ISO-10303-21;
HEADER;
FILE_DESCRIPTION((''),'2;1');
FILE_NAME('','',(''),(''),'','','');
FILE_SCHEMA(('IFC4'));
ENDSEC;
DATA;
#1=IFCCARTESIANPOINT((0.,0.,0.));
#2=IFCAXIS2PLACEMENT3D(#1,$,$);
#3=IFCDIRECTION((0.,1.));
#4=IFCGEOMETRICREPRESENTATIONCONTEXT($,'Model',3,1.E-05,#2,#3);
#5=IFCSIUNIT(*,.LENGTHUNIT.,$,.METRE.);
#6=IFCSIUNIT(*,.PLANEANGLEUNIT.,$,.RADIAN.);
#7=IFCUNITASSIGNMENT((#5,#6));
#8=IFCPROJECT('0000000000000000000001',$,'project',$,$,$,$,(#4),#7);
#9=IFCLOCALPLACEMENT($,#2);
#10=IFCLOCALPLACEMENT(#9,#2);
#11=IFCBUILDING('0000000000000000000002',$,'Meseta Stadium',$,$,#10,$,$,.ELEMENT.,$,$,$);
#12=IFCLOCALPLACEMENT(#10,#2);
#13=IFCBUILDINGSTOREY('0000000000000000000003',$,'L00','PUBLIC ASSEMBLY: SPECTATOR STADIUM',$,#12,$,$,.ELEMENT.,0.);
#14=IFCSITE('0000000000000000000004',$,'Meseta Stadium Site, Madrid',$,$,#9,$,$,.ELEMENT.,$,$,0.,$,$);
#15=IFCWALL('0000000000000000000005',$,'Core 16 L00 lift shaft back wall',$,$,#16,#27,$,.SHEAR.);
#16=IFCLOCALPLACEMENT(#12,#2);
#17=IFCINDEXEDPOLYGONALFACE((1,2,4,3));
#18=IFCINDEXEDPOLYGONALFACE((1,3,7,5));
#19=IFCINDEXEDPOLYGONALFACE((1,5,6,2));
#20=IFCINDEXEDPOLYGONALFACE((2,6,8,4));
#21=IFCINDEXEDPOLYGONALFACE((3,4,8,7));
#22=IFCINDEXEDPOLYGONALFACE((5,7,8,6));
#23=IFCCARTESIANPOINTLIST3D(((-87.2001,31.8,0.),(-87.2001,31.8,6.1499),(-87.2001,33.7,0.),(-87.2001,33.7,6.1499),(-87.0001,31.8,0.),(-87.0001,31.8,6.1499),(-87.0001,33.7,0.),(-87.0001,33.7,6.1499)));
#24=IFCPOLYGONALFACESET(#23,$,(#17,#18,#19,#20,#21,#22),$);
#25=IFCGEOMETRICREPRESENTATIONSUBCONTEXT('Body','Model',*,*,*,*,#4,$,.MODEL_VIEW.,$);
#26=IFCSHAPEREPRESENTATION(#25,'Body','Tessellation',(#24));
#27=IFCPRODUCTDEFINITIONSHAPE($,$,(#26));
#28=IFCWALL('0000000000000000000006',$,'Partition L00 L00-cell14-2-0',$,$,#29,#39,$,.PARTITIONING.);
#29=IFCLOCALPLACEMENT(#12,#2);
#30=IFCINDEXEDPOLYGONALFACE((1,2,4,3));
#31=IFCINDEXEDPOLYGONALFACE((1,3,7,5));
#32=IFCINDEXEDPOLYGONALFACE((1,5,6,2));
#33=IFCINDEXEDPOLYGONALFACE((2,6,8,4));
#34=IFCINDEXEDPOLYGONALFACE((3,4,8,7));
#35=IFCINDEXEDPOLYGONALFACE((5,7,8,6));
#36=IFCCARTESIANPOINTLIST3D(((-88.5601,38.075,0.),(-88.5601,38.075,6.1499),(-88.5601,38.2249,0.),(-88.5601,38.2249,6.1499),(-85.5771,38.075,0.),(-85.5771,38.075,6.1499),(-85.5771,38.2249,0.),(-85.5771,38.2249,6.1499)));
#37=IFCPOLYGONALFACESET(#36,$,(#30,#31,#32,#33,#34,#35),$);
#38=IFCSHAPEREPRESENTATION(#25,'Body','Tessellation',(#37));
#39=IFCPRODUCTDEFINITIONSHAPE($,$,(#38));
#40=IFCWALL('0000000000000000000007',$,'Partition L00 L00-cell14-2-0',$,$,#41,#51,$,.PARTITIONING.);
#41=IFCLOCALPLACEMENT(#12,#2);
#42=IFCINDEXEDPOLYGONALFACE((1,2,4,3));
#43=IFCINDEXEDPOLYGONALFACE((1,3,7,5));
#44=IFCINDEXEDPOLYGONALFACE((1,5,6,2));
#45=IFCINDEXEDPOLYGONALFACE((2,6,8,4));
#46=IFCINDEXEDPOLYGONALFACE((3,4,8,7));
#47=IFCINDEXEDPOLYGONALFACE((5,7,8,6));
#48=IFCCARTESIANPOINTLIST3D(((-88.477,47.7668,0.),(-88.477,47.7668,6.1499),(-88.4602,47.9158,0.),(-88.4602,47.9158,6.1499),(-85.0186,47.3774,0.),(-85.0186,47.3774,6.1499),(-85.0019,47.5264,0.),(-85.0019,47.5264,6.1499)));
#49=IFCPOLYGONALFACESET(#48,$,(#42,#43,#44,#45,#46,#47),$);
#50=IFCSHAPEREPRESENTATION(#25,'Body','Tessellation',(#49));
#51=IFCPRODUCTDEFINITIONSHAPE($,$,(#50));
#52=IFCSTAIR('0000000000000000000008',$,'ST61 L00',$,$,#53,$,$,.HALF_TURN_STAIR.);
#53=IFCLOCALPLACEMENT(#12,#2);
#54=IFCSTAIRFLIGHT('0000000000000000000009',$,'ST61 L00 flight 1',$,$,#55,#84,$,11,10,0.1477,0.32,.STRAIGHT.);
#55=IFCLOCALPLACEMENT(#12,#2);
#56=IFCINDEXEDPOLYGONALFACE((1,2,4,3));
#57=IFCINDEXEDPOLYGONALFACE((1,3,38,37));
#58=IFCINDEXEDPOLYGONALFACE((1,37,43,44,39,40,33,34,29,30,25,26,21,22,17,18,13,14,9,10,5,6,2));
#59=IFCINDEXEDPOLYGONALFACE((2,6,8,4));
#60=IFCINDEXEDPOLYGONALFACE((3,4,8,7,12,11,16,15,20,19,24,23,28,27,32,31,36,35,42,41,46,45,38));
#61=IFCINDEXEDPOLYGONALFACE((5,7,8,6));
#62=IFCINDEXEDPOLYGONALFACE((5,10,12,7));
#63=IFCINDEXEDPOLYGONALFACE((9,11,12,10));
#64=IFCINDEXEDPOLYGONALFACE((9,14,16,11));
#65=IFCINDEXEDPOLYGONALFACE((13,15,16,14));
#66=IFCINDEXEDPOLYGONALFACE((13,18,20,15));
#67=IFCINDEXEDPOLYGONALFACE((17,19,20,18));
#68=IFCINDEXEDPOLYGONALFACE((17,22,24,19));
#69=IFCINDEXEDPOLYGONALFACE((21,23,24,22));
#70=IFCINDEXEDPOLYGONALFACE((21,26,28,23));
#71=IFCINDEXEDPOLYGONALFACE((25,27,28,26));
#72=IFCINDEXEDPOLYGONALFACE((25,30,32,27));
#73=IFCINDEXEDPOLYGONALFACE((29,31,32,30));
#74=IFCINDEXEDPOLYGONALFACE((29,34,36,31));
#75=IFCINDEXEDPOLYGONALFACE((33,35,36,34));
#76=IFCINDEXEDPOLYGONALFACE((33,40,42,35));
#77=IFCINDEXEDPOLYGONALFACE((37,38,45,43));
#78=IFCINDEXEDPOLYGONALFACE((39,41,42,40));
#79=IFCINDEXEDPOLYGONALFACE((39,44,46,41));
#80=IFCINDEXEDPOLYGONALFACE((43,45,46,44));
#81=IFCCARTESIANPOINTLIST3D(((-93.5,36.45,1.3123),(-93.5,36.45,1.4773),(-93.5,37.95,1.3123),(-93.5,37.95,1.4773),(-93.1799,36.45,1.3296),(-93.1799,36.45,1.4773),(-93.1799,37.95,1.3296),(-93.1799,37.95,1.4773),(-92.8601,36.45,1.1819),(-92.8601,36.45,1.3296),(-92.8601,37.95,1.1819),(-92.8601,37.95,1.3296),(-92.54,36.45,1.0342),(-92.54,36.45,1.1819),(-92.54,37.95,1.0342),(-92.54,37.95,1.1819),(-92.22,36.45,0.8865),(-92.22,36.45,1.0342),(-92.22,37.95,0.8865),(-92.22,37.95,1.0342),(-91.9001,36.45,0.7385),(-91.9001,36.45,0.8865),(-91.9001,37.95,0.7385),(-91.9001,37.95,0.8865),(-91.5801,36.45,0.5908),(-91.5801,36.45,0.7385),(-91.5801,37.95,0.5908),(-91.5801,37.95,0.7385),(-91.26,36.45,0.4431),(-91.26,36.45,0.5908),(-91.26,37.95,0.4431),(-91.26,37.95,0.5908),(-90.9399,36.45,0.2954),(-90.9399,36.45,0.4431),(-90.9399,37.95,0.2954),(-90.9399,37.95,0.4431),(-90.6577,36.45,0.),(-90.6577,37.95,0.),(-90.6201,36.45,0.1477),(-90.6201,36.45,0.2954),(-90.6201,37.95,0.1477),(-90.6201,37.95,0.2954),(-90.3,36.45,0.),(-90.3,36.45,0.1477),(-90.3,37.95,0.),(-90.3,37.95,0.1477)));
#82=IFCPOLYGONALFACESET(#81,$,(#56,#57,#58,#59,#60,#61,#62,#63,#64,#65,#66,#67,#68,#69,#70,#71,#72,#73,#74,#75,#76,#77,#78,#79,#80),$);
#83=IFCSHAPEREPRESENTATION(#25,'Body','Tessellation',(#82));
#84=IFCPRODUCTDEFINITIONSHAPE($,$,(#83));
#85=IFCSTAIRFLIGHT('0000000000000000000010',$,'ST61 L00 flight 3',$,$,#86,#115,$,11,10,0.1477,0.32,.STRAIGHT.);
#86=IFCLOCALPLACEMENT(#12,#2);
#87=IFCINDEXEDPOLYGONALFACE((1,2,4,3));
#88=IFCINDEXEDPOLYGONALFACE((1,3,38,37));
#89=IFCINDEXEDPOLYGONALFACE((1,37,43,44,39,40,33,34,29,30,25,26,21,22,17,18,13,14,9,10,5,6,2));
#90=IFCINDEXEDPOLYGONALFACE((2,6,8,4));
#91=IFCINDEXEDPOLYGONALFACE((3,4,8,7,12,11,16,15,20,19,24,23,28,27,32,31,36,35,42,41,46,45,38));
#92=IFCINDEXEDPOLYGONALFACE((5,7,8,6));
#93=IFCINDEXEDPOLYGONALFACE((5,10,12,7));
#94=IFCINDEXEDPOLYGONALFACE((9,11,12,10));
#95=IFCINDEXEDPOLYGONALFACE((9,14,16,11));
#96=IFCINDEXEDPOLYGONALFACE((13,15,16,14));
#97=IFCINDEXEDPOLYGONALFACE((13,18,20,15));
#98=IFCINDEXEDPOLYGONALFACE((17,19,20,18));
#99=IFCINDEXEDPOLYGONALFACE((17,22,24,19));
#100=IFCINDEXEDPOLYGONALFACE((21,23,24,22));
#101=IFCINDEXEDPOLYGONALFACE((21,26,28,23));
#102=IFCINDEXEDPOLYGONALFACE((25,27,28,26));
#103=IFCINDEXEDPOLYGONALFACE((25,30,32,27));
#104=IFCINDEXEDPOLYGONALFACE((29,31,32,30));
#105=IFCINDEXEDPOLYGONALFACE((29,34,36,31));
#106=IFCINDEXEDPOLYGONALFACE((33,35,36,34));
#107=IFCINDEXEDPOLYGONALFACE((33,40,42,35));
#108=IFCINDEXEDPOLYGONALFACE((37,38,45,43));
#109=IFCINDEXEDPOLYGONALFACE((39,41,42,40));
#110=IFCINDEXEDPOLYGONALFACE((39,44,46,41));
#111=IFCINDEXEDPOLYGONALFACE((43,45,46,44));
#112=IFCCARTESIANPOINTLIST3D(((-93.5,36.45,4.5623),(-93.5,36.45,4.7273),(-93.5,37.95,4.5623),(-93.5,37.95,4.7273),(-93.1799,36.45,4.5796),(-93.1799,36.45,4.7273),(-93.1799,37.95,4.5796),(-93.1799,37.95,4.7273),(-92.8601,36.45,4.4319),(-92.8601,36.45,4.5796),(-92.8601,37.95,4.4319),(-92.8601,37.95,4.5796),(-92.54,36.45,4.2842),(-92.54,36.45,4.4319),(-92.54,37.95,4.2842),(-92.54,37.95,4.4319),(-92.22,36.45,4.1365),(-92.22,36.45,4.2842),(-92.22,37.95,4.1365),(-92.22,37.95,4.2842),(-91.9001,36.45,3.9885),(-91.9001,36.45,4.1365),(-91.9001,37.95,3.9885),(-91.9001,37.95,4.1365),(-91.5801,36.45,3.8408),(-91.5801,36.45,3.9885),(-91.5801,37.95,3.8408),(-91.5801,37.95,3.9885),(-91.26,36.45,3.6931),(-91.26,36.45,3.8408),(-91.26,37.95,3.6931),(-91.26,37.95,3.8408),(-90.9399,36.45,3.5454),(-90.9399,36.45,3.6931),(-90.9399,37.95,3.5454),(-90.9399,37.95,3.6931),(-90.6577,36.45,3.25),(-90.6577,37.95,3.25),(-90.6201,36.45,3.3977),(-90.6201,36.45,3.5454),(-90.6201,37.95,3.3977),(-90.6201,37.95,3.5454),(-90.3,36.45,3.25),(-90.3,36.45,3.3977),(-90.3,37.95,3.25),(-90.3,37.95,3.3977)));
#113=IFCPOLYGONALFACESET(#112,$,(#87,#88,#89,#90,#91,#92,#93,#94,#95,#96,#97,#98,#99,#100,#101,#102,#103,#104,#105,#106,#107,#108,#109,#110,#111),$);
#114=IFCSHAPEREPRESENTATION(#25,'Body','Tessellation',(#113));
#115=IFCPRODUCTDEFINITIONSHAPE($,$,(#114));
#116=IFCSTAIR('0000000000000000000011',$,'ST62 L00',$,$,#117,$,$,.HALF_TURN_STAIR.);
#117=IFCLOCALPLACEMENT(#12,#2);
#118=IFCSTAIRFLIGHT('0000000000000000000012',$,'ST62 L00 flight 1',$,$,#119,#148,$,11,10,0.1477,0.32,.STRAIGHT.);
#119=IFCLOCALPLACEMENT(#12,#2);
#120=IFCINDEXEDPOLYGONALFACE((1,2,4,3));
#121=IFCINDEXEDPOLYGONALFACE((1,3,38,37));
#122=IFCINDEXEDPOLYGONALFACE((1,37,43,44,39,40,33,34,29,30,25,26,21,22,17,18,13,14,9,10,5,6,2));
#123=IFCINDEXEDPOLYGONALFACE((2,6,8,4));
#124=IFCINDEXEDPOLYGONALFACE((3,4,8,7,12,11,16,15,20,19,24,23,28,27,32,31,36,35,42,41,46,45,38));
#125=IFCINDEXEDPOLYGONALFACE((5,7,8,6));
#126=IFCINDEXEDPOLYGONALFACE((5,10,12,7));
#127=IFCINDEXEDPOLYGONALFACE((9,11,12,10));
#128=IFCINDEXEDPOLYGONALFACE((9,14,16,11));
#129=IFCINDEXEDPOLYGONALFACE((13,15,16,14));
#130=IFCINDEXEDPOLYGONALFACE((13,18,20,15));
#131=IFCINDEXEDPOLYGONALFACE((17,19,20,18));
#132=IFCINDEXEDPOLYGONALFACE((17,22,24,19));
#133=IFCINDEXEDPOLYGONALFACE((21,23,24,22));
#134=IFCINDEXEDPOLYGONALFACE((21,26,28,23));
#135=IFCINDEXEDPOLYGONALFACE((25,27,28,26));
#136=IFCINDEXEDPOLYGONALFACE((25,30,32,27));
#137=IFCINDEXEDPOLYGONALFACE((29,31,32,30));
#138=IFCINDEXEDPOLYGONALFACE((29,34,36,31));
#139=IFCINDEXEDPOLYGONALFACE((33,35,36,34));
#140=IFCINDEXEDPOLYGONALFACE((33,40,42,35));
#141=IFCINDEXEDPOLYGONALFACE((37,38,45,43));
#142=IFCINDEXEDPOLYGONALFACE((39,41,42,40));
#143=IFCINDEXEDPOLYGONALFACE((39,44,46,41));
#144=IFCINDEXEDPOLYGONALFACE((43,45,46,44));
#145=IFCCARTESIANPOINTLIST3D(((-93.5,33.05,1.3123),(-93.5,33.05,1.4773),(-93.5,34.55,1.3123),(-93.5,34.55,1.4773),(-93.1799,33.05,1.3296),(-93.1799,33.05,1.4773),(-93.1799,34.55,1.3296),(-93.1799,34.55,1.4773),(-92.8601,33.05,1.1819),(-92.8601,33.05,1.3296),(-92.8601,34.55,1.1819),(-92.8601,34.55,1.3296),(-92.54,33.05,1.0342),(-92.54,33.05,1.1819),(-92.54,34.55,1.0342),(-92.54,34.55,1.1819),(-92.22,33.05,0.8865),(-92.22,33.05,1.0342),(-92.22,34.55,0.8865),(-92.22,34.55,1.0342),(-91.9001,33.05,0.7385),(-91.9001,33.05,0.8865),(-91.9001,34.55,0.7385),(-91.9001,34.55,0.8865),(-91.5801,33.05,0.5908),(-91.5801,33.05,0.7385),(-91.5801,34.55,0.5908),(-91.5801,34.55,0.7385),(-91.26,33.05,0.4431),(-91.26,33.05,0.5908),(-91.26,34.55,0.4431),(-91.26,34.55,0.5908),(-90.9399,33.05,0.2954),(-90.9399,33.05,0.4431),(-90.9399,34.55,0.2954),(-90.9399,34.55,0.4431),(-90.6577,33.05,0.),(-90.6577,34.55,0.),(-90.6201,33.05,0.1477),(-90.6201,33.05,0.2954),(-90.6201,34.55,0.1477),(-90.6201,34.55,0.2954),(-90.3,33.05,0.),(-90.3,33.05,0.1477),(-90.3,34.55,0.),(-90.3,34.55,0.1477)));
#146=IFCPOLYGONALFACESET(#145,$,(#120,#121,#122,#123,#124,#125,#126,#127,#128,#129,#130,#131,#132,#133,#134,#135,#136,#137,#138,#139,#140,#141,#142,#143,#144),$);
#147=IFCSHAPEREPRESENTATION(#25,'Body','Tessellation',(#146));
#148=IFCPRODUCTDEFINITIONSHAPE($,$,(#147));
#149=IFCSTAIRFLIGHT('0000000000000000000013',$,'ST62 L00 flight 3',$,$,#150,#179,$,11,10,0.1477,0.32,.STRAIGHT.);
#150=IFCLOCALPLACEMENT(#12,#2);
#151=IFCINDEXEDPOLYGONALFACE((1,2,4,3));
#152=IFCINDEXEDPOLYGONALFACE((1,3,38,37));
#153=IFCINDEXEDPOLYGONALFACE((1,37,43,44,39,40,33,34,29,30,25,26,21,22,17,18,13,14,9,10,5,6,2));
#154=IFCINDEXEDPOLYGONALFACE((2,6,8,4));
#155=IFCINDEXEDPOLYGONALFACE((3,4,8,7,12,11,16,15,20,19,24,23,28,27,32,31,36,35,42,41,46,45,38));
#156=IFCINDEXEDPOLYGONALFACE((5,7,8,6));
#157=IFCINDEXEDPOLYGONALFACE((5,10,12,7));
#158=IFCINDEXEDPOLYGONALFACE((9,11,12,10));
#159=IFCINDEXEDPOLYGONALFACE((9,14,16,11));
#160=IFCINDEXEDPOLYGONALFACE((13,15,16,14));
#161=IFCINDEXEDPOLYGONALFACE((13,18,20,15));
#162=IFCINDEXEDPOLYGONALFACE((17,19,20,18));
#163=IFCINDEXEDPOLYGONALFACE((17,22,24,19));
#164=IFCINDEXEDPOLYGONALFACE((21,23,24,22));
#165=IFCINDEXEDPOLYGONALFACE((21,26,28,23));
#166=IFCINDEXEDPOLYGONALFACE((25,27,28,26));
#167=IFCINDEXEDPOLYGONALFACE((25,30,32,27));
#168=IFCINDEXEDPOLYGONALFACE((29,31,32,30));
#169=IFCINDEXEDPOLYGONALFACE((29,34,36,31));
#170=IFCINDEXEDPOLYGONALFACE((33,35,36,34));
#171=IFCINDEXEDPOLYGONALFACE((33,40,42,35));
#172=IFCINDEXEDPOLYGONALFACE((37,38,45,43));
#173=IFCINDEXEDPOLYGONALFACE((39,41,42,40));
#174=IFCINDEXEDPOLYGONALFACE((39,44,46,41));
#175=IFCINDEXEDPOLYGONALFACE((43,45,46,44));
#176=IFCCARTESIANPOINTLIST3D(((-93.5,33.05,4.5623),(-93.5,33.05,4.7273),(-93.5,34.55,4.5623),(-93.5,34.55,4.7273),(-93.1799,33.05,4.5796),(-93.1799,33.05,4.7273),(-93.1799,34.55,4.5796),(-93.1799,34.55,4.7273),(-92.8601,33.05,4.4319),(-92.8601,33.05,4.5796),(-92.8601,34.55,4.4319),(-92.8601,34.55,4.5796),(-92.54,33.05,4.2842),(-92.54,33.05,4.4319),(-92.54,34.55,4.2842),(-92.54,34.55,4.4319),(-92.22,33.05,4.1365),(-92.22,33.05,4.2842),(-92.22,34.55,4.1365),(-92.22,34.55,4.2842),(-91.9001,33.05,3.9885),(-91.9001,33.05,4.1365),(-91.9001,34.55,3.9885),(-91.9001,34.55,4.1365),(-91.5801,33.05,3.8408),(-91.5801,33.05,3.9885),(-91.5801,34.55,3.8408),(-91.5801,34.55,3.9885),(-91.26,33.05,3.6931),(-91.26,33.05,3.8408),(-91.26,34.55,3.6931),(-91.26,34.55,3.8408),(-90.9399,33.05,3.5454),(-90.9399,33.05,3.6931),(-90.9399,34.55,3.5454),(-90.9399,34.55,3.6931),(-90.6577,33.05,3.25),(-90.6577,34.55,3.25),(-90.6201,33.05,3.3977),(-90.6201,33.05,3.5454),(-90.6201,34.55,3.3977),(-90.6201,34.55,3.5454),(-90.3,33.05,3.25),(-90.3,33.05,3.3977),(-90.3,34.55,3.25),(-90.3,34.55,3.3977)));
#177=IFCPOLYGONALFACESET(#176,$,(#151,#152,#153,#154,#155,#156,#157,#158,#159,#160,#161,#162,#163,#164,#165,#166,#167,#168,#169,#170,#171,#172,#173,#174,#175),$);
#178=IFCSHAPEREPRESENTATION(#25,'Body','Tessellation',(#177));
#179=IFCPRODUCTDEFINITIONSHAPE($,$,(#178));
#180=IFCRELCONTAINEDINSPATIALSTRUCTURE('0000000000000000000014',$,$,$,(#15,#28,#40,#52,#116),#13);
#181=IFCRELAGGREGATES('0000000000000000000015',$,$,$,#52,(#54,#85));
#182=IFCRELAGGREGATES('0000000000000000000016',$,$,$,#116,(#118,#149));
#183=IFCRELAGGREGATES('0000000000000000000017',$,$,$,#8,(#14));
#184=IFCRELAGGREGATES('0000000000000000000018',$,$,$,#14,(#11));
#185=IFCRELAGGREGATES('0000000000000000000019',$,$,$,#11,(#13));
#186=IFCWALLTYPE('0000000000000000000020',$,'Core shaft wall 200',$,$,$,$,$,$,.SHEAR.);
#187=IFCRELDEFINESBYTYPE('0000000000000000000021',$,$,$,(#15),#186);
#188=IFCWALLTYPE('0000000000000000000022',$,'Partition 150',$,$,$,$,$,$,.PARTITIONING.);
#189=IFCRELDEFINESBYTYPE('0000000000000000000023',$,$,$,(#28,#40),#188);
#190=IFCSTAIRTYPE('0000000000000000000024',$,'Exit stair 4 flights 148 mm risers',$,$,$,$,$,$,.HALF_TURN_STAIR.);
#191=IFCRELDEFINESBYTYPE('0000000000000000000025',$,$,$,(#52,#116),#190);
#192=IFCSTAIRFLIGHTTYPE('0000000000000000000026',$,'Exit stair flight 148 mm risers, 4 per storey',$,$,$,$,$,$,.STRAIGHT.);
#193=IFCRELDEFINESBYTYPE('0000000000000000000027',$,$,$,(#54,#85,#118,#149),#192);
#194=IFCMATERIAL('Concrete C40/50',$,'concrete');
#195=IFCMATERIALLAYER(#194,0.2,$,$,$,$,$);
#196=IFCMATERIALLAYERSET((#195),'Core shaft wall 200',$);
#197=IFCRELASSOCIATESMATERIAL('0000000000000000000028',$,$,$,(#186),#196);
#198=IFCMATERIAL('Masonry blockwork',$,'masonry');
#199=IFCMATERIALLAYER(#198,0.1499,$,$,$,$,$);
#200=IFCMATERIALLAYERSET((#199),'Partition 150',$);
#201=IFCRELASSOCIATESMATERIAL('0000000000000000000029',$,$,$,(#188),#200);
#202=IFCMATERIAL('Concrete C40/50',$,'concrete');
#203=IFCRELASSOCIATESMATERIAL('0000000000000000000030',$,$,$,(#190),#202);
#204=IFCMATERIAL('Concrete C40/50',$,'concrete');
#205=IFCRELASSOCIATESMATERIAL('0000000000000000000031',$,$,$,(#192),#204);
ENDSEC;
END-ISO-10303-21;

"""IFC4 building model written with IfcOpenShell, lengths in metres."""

from ifc_helpers import new_model, si_unit, direction, frame, frame_2d, origin, place, context, subcontext, project, spatial, polyline, rectangle, outline, extrude, material, layer, layer_set, type_object, element, aggregate, save


model = new_model("IFC4")

# Units and contexts
model_context = context("Model", 3, precision=1e-05, world=origin(), true_north=direction((0.0, 1.0)))
body_context = subcontext(model_context, "Body", "Model", "MODEL_VIEW")
ifc_project = project(units=[si_unit("LENGTHUNIT", "METRE"), si_unit("PLANEANGLEUNIT", "RADIAN")], contexts=[model_context])

# Site, building, storey
site_placement = place(None, origin())
site = spatial("IfcSite", under=ifc_project, at=site_placement, Name="Meseta Stadium Site, Madrid", CompositionType="ELEMENT", RefElevation=0.0)
building_placement = place(site_placement, origin())
building = spatial("IfcBuilding", under=site, at=building_placement, Name="Meseta Stadium", CompositionType="ELEMENT")
storey_placement = place(building_placement, origin())
storey = spatial("IfcBuildingStorey", under=building, at=storey_placement, Name="L00", Description="PUBLIC ASSEMBLY: SPECTATOR STADIUM", CompositionType="ELEMENT", Elevation=0.0)

# Shared definitions
ifc_material_1 = material(Name="Concrete C40/50", Category="concrete")
ifc_layer_1 = layer(ifc_material_1, 0.2)
ifc_layer_set_1 = layer_set([ifc_layer_1], Name="Core shaft wall 200")
wall_type_1 = type_object("IfcWallType", Name="Core shaft wall 200", PredefinedType="SHEAR", material=ifc_layer_set_1)

# Walls
wall_1_placement = place(storey_placement, frame((-87.1001, 33.7, 0.0), z_axis=(0.0, 0.0, 1.0), x_axis=(0.0, -1.0, 0.0)))
element("IfcWall", 1, at=wall_1_placement, inside=storey, type_object=wall_type_1, Name="Core 16 L00 lift shaft back wall", PredefinedType="SHEAR", context=body_context, shape_type="SweptSolid", body=[
    extrude(rectangle(XDim=1.8999, YDim=0.2, at=frame_2d((0.95, 0.0))), origin(), (0.0, 0.0, 1.0), 6.1499),
])
ifc_material_2 = material(Name="Masonry blockwork", Category="masonry")
ifc_layer_2 = layer(ifc_material_2, 0.1499)
ifc_layer_set_2 = layer_set([ifc_layer_2], Name="Partition 150")
wall_type_2 = type_object("IfcWallType", Name="Partition 150", PredefinedType="PARTITIONING", material=ifc_layer_set_2)
wall_2_placement = place(storey_placement, frame((-85.5771, 38.1499, 0.0), z_axis=(0.0, 0.0, 1.0), x_axis=(-1.0, 0.0, 0.0)))
element("IfcWall", 2, at=wall_2_placement, inside=storey, type_object=wall_type_2, Name="Partition L00 L00-cell14-2-0", PredefinedType="PARTITIONING", context=body_context, shape_type="SweptSolid", body=[
    extrude(rectangle(XDim=2.9829, YDim=0.1499, at=frame_2d((1.4915, 0.0))), origin(), (0.0, 0.0, 1.0), 6.1499),
])
wall_3_placement = place(storey_placement, frame((-88.4688, 47.8413, 0.0), z_axis=(0.0, 0.0, 1.0), x_axis=(0.99372, -0.111894, 0.0)))
element("IfcWall", 3, at=wall_3_placement, inside=storey, type_object=wall_type_2, Name="Partition L00 L00-cell14-2-0", PredefinedType="PARTITIONING", context=body_context, shape_type="SweptSolid", body=[
    extrude(rectangle(XDim=3.4802, YDim=0.1499, at=frame_2d((1.7402, 0.0))), origin(), (0.0, 0.0, 1.0), 6.1499),
])

# Stairs, stair flights
ifc_material_3 = material(Name="Concrete C40/50", Category="concrete")
stair_type = type_object("IfcStairType", Name="Exit stair 4 flights 148 mm risers", PredefinedType="HALF_TURN_STAIR", material=ifc_material_3)
stair_1_placement = place(storey_placement, origin())
stair_1 = element("IfcStair", 4, at=stair_1_placement, inside=storey, type_object=stair_type, Name="ST61 L00", PredefinedType="HALF_TURN_STAIR")
ifc_material_4 = material(Name="Concrete C40/50", Category="concrete")
stair_flight_type = type_object("IfcStairFlightType", Name="Exit stair flight 148 mm risers, 4 per storey", PredefinedType="STRAIGHT", material=ifc_material_4)
stair_flight_1_placement = place(storey_placement, frame((-90.3, 37.2, 0.0), z_axis=(0.0, 0.0, 1.0), x_axis=(-1.0, 0.0, 0.0)))
stair_flight_1 = element("IfcStairFlight", 5, at=stair_flight_1_placement, type_object=stair_flight_type, Name="ST61 L00 flight 1", NumberOfRisers=11, NumberOfTreads=10, PredefinedType="STRAIGHT", RiserHeight=0.1477, TreadLength=0.32, context=body_context, shape_type="SweptSolid", body=[
    extrude(outline(polyline([(0.0, 0.0), (0.0, 0.1477), (0.3201, 0.1477), (0.3201, 0.2954), (0.6399, 0.2954), (0.6399, 0.4431), (0.96, 0.4431), (0.96, 0.5908), (1.28, 0.5908), (1.28, 0.7385), (1.6001, 0.7385), (1.6001, 0.8865), (1.9199, 0.8865), (1.9199, 1.0342), (2.24, 1.0342), (2.24, 1.1819), (2.5601, 1.1819), (2.5601, 1.3296), (2.8799, 1.3296), (2.8799, 1.4773), (3.2, 1.4773), (3.2, 1.3123), (0.3577, 0.0), (0.0, 0.0)])), frame((0.0, 0.75, 0.0), z_axis=(0.0, -1.0, 0.0), x_axis=(1.0, 0.0, 0.0)), (0.0, 0.0, 1.0), 1.5),
])
stair_flight_2_placement = place(storey_placement, frame((-90.3, 37.2, 3.25), z_axis=(0.0, 0.0, 1.0), x_axis=(-1.0, 0.0, 0.0)))
stair_flight_2 = element("IfcStairFlight", 6, at=stair_flight_2_placement, type_object=stair_flight_type, Name="ST61 L00 flight 3", NumberOfRisers=11, NumberOfTreads=10, PredefinedType="STRAIGHT", RiserHeight=0.1477, TreadLength=0.32, context=body_context, shape_type="SweptSolid", body=[
    extrude(outline(polyline([(0.0, 0.0), (0.0, 0.1477), (0.3201, 0.1477), (0.3201, 0.2954), (0.6399, 0.2954), (0.6399, 0.4431), (0.96, 0.4431), (0.96, 0.5908), (1.28, 0.5908), (1.28, 0.7385), (1.6001, 0.7385), (1.6001, 0.8865), (1.9199, 0.8865), (1.9199, 1.0342), (2.24, 1.0342), (2.24, 1.1819), (2.5601, 1.1819), (2.5601, 1.3296), (2.8799, 1.3296), (2.8799, 1.4773), (3.2, 1.4773), (3.2, 1.3123), (0.3577, 0.0), (0.0, 0.0)])), frame((0.0, 0.75, 0.0), z_axis=(0.0, -1.0, 0.0), x_axis=(1.0, 0.0, 0.0)), (0.0, 0.0, 1.0), 1.5),
])
aggregate(stair_1, [stair_flight_1, stair_flight_2])
stair_2_placement = place(storey_placement, origin())
stair_2 = element("IfcStair", 7, at=stair_2_placement, inside=storey, type_object=stair_type, Name="ST62 L00", PredefinedType="HALF_TURN_STAIR")
stair_flight_3_placement = place(storey_placement, frame((-90.3, 33.8, 0.0), z_axis=(0.0, 0.0, 1.0), x_axis=(-1.0, 0.0, 0.0)))
stair_flight_3 = element("IfcStairFlight", 8, at=stair_flight_3_placement, type_object=stair_flight_type, Name="ST62 L00 flight 1", NumberOfRisers=11, NumberOfTreads=10, PredefinedType="STRAIGHT", RiserHeight=0.1477, TreadLength=0.32, context=body_context, shape_type="SweptSolid", body=[
    extrude(outline(polyline([(0.0, 0.0), (0.0, 0.1477), (0.3201, 0.1477), (0.3201, 0.2954), (0.6399, 0.2954), (0.6399, 0.4431), (0.96, 0.4431), (0.96, 0.5908), (1.28, 0.5908), (1.28, 0.7385), (1.6001, 0.7385), (1.6001, 0.8865), (1.9199, 0.8865), (1.9199, 1.0342), (2.24, 1.0342), (2.24, 1.1819), (2.5601, 1.1819), (2.5601, 1.3296), (2.8799, 1.3296), (2.8799, 1.4773), (3.2, 1.4773), (3.2, 1.3123), (0.3577, 0.0), (0.0, 0.0)])), frame((0.0, 0.75, 0.0), z_axis=(0.0, -1.0, 0.0), x_axis=(1.0, 0.0, 0.0)), (0.0, 0.0, 1.0), 1.5),
])
stair_flight_4_placement = place(storey_placement, frame((-90.3, 33.8, 3.25), z_axis=(0.0, 0.0, 1.0), x_axis=(-1.0, 0.0, 0.0)))
stair_flight_4 = element("IfcStairFlight", 9, at=stair_flight_4_placement, type_object=stair_flight_type, Name="ST62 L00 flight 3", NumberOfRisers=11, NumberOfTreads=10, PredefinedType="STRAIGHT", RiserHeight=0.1477, TreadLength=0.32, context=body_context, shape_type="SweptSolid", body=[
    extrude(outline(polyline([(0.0, 0.0), (0.0, 0.1477), (0.3201, 0.1477), (0.3201, 0.2954), (0.6399, 0.2954), (0.6399, 0.4431), (0.96, 0.4431), (0.96, 0.5908), (1.28, 0.5908), (1.28, 0.7385), (1.6001, 0.7385), (1.6001, 0.8865), (1.9199, 0.8865), (1.9199, 1.0342), (2.24, 1.0342), (2.24, 1.1819), (2.5601, 1.1819), (2.5601, 1.3296), (2.8799, 1.3296), (2.8799, 1.4773), (3.2, 1.4773), (3.2, 1.3123), (0.3577, 0.0), (0.0, 0.0)])), frame((0.0, 0.75, 0.0), z_axis=(0.0, -1.0, 0.0), x_axis=(1.0, 0.0, 0.0)), (0.0, 0.0, 1.0), 1.5),
])
aggregate(stair_2, [stair_flight_3, stair_flight_4])

save(model, "model.ifc")
